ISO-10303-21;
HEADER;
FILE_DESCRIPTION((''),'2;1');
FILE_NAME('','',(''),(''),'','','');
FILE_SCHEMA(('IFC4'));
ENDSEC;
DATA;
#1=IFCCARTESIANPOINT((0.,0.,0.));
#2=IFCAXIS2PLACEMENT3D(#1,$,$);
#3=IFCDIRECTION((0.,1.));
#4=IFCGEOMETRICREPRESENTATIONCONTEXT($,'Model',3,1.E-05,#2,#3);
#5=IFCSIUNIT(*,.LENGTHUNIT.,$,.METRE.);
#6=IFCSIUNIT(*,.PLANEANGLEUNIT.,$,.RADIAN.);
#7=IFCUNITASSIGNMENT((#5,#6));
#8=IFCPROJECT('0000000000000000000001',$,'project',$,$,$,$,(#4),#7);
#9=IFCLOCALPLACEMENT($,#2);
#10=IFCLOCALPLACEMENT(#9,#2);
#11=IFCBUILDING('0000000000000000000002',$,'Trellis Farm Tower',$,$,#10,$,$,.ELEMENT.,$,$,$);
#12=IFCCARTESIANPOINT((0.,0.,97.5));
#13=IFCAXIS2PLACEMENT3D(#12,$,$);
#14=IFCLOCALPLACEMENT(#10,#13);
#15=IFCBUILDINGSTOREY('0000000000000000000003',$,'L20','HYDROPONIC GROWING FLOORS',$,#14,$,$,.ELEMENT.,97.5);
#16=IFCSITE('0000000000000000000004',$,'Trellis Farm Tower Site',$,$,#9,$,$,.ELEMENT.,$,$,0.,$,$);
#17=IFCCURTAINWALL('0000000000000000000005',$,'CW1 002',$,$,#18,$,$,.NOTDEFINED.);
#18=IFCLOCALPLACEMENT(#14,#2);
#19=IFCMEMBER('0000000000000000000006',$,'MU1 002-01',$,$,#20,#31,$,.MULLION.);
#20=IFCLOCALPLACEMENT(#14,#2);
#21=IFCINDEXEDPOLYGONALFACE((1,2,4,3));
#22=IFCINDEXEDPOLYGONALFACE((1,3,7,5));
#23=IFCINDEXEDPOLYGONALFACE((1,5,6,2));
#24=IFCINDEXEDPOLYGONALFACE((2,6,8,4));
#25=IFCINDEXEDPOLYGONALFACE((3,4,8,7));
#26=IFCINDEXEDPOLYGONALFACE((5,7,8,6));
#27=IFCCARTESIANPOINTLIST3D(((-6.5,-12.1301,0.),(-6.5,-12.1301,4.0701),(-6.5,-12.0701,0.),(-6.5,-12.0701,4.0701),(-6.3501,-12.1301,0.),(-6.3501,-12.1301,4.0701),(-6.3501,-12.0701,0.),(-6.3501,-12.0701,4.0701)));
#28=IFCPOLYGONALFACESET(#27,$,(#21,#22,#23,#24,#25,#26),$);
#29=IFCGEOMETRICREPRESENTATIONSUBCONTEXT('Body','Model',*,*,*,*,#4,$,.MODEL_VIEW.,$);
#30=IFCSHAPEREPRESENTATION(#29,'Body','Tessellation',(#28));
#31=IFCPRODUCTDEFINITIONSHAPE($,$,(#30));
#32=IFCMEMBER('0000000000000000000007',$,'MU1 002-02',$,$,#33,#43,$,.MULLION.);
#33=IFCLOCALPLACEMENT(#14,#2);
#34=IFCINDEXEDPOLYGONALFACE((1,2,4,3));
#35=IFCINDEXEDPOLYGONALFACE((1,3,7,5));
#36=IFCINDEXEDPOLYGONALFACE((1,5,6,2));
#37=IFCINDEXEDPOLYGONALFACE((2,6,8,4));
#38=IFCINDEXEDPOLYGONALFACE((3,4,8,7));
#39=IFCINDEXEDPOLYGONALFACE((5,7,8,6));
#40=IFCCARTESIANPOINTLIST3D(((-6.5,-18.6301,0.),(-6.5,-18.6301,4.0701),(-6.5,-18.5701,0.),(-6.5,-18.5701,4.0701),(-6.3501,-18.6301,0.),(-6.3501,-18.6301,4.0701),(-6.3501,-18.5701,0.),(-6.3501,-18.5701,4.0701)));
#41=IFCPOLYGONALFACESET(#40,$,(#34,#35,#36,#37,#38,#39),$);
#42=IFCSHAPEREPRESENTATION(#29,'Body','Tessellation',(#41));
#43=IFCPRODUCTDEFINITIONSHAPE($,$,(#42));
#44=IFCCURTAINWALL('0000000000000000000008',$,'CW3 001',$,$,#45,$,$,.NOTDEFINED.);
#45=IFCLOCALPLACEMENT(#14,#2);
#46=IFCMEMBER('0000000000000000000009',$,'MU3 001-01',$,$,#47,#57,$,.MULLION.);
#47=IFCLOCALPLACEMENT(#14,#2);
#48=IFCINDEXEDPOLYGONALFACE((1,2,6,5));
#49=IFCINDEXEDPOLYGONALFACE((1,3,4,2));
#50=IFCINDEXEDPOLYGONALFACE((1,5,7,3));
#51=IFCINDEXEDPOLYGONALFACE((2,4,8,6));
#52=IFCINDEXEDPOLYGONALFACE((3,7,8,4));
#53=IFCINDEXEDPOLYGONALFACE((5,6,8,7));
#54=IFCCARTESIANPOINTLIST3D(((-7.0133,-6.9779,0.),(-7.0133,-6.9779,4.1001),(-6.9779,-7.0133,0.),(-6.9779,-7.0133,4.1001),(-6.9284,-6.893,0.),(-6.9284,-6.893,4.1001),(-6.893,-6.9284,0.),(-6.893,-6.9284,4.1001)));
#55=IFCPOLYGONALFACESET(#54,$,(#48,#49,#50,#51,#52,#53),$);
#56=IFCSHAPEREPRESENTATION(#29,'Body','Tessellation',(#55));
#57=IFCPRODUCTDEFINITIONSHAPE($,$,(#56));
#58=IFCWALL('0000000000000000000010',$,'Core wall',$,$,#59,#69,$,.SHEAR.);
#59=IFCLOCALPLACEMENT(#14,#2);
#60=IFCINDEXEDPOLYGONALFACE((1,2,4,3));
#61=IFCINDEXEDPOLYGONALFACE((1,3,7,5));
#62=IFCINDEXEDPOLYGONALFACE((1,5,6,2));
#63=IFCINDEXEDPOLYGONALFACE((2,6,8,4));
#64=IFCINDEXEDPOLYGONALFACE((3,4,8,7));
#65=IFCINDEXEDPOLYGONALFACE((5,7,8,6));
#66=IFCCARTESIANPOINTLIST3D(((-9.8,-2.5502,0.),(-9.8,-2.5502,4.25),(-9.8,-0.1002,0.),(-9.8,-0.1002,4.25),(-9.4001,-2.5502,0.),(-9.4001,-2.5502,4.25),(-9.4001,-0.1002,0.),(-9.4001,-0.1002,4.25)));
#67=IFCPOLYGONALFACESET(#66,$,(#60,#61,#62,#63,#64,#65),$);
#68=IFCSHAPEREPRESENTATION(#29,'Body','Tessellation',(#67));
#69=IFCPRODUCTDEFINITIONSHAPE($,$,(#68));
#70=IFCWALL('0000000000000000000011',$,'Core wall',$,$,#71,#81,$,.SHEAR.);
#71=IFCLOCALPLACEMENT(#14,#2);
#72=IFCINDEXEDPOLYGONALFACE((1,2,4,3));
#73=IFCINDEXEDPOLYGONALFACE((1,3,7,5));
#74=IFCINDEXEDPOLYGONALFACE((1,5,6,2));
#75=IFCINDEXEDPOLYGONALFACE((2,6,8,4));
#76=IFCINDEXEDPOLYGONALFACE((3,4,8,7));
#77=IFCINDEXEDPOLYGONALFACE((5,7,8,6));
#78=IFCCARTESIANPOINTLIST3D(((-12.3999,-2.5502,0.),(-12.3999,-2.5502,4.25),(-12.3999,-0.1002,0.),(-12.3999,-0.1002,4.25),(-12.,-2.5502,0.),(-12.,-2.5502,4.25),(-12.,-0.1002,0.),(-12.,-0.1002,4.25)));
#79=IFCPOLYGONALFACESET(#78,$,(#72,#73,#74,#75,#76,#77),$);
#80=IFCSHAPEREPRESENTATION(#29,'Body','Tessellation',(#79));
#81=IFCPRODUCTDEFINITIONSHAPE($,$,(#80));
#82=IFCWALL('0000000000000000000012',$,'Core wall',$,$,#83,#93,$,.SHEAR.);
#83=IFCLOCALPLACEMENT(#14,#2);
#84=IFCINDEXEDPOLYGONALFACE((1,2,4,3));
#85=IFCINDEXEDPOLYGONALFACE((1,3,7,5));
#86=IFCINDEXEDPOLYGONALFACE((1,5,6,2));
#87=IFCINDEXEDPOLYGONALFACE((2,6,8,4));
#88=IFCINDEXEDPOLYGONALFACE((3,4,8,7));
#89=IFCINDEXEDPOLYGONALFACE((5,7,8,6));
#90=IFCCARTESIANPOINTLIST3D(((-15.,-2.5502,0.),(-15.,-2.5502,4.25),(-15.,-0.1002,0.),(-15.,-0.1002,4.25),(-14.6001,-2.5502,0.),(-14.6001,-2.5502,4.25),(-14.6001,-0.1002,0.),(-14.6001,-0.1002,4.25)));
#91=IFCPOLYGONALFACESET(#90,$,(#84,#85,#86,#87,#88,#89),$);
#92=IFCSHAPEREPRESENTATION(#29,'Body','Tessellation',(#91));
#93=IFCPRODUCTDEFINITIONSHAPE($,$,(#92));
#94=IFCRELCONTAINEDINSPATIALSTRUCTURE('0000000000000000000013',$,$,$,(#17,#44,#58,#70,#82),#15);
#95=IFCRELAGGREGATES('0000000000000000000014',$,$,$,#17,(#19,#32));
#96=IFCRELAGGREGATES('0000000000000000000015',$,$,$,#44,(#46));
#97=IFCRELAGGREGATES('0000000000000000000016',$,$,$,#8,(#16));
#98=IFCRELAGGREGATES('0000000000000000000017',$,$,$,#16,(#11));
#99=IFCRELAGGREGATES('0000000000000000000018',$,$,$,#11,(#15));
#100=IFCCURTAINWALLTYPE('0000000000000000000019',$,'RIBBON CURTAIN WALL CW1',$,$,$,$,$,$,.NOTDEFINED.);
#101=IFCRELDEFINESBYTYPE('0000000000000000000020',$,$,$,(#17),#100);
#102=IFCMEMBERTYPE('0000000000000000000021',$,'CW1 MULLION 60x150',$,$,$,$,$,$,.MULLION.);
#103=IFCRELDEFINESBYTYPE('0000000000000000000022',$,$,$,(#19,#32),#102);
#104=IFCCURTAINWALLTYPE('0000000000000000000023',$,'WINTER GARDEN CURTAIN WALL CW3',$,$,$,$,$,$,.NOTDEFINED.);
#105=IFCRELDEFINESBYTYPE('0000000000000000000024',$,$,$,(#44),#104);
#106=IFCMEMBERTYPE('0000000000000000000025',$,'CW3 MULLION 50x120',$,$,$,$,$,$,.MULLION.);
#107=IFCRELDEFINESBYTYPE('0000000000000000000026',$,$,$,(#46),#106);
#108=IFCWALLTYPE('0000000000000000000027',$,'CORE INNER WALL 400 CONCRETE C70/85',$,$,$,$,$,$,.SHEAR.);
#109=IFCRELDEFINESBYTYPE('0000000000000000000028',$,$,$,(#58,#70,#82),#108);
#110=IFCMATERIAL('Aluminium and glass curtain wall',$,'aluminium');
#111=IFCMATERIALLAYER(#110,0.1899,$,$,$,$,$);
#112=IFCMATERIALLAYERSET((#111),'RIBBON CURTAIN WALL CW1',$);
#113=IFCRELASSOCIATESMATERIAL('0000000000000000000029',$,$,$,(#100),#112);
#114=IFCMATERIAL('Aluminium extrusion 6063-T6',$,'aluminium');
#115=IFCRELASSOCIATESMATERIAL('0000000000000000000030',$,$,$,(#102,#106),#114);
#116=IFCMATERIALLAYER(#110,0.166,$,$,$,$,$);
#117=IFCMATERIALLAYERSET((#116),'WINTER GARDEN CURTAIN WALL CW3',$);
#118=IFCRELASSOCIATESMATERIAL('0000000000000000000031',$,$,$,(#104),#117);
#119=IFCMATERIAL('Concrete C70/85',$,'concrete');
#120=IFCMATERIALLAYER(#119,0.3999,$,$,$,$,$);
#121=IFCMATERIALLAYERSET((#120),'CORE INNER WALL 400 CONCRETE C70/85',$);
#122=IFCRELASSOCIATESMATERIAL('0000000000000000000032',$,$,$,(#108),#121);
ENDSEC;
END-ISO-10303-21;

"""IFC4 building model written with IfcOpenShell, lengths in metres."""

from ifc_helpers import new_model, si_unit, direction, frame, frame_2d, origin, origin_2d, place, context, subcontext, project, spatial, rectangle, extrude, source, transform, mapped, material, layer, layer_set, material_profile, profile_set, type_object, element, aggregate, save


model = new_model("IFC4")

# Units and contexts
model_context = context("Model", 3, precision=1e-05, world=origin(), true_north=direction((0.0, 1.0)))
body_context = subcontext(model_context, "Body", "Model", "MODEL_VIEW")
ifc_project = project(units=[si_unit("LENGTHUNIT", "METRE"), si_unit("PLANEANGLEUNIT", "RADIAN")], contexts=[model_context])

# Site, building, storey
site_placement = place(None, origin())
site = spatial("IfcSite", under=ifc_project, at=site_placement, Name="Trellis Farm Tower Site", CompositionType="ELEMENT", RefElevation=0.0)
building_placement = place(site_placement, origin())
building = spatial("IfcBuilding", under=site, at=building_placement, Name="Trellis Farm Tower", CompositionType="ELEMENT")
storey_placement = place(building_placement, frame((0.0, 0.0, 97.5)))
storey = spatial("IfcBuildingStorey", under=building, at=storey_placement, Name="L20", Description="HYDROPONIC GROWING FLOORS", CompositionType="ELEMENT", Elevation=97.5)

# Shared definitions
ifc_material_1 = material(Name="Aluminium and glass curtain wall", Category="aluminium")
ifc_layer_1 = layer(ifc_material_1, 0.1899)
ifc_layer_set_1 = layer_set([ifc_layer_1], Name="RIBBON CURTAIN WALL CW1")
curtain_wall_type_1 = type_object("IfcCurtainWallType", Name="RIBBON CURTAIN WALL CW1", PredefinedType="NOTDEFINED", material=ifc_layer_set_1)
placement = place(storey_placement, origin())
ifc_material_2 = material(Name="Aluminium extrusion 6063-T6", Category="aluminium")
ifc_material_profile_1 = material_profile(ifc_material_2, rectangle(XDim=0.0601, YDim=0.1499, at=origin_2d()), Name="MULLION 60x150")
ifc_profile_set_1 = profile_set([ifc_material_profile_1], Name="Aluminium extrusion 6063-T6")
member_type_1 = type_object("IfcMemberType", Name="CW1 MULLION 60x150", PredefinedType="MULLION", material=ifc_profile_set_1)
shared_shape_1 = source(origin(), body_context, "Body", "SweptSolid", [
    extrude(rectangle(XDim=0.0601, YDim=0.1499, at=origin_2d()), origin(), (0.0, 0.0, 1.0), 4.0701),
])

# Curtain wall, members
curtain_wall_1 = element("IfcCurtainWall", 1, at=placement, inside=storey, type_object=curtain_wall_type_1, Name="CW1 002", PredefinedType="NOTDEFINED")
member_1_placement = place(storey_placement, frame((-6.425, -12.1001, 0.0), z_axis=(0.0, 0.0, 1.0), x_axis=(0.0, -1.0, 0.0)))
member_1 = element("IfcMember", 2, at=member_1_placement, type_object=member_type_1, Name="MU1 002-01", PredefinedType="MULLION", context=body_context, shape_type="MappedRepresentation", body=[
    mapped(shared_shape_1, transform((0.0, 0.0, 0.0))),
])
member_2_placement = place(storey_placement, frame((-6.425, -18.6001, 0.0), z_axis=(0.0, 0.0, 1.0), x_axis=(0.0, -1.0, 0.0)))
member_2 = element("IfcMember", 3, at=member_2_placement, type_object=member_type_1, Name="MU1 002-02", PredefinedType="MULLION", context=body_context, shape_type="MappedRepresentation", body=[
    mapped(shared_shape_1, transform((0.0, 0.0, 0.0))),
])
aggregate(curtain_wall_1, [member_1, member_2])

# Curtain wall, member
ifc_layer_2 = layer(ifc_material_1, 0.166)
ifc_layer_set_2 = layer_set([ifc_layer_2], Name="WINTER GARDEN CURTAIN WALL CW3")
curtain_wall_type_2 = type_object("IfcCurtainWallType", Name="WINTER GARDEN CURTAIN WALL CW3", PredefinedType="NOTDEFINED", material=ifc_layer_set_2)
curtain_wall_2 = element("IfcCurtainWall", 4, at=placement, inside=storey, type_object=curtain_wall_type_2, Name="CW3 001", PredefinedType="NOTDEFINED")
ifc_material_profile_2 = material_profile(ifc_material_2, rectangle(XDim=0.05, YDim=0.1201, at=origin_2d()), Name="MULLION 50x120")
ifc_profile_set_2 = profile_set([ifc_material_profile_2], Name="Aluminium extrusion 6063-T6")
member_type_2 = type_object("IfcMemberType", Name="CW3 MULLION 50x120", PredefinedType="MULLION", material=ifc_profile_set_2)
shared_shape_2 = source(origin(), body_context, "Body", "SweptSolid", [
    extrude(rectangle(XDim=0.05, YDim=0.1201, at=origin_2d()), origin(), (0.0, 0.0, 1.0), 4.1001),
])
member_3_placement = place(storey_placement, frame((-6.9531, -6.9531, 0.0), z_axis=(0.0, 0.0, 1.0), x_axis=(0.707107, -0.707107, 0.0)))
member_3 = element("IfcMember", 5, at=member_3_placement, type_object=member_type_2, Name="MU3 001-01", PredefinedType="MULLION", context=body_context, shape_type="MappedRepresentation", body=[
    mapped(shared_shape_2, transform((0.0, 0.0, 0.0))),
])
aggregate(curtain_wall_2, [member_3])

# Walls
ifc_material_3 = material(Name="Concrete C70/85", Category="concrete")
ifc_layer_3 = layer(ifc_material_3, 0.3999)
ifc_layer_set_3 = layer_set([ifc_layer_3], Name="CORE INNER WALL 400 CONCRETE C70/85")
wall_type_1 = type_object("IfcWallType", Name="CORE INNER WALL 400 CONCRETE C70/85", PredefinedType="SHEAR", material=ifc_layer_set_3)
shared_shape_3 = source(origin(), body_context, "Body", "SweptSolid", [
    extrude(rectangle(XDim=2.45, YDim=0.3999, at=frame_2d((1.2251, 0.0))), origin(), (0.0, 0.0, 1.0), 4.25),
])
for number, where, z_axis, x_axis, name in (
    (6, (-9.6001, -0.1001, 0.0), (0.0, 0.0, 1.0), (0.0, -1.0, 0.0), "Core wall"),
    (7, (-12.2, -0.1001, 0.0), (0.0, 0.0, 1.0), (0.0, -1.0, 0.0), "Core wall"),
    (8, (-14.8, -0.1001, 0.0), (0.0, 0.0, 1.0), (0.0, -1.0, 0.0), "Core wall"),
):
    element("IfcWall", number, at=place(storey_placement, frame(where, z_axis=z_axis, x_axis=x_axis)), inside=storey, type_object=wall_type_1, Name=name, PredefinedType="SHEAR", context=body_context, shape_type="MappedRepresentation", body=[
        mapped(shared_shape_3, transform((0.0, 0.0, 0.0))),
    ])

save(model, "model.ifc")
